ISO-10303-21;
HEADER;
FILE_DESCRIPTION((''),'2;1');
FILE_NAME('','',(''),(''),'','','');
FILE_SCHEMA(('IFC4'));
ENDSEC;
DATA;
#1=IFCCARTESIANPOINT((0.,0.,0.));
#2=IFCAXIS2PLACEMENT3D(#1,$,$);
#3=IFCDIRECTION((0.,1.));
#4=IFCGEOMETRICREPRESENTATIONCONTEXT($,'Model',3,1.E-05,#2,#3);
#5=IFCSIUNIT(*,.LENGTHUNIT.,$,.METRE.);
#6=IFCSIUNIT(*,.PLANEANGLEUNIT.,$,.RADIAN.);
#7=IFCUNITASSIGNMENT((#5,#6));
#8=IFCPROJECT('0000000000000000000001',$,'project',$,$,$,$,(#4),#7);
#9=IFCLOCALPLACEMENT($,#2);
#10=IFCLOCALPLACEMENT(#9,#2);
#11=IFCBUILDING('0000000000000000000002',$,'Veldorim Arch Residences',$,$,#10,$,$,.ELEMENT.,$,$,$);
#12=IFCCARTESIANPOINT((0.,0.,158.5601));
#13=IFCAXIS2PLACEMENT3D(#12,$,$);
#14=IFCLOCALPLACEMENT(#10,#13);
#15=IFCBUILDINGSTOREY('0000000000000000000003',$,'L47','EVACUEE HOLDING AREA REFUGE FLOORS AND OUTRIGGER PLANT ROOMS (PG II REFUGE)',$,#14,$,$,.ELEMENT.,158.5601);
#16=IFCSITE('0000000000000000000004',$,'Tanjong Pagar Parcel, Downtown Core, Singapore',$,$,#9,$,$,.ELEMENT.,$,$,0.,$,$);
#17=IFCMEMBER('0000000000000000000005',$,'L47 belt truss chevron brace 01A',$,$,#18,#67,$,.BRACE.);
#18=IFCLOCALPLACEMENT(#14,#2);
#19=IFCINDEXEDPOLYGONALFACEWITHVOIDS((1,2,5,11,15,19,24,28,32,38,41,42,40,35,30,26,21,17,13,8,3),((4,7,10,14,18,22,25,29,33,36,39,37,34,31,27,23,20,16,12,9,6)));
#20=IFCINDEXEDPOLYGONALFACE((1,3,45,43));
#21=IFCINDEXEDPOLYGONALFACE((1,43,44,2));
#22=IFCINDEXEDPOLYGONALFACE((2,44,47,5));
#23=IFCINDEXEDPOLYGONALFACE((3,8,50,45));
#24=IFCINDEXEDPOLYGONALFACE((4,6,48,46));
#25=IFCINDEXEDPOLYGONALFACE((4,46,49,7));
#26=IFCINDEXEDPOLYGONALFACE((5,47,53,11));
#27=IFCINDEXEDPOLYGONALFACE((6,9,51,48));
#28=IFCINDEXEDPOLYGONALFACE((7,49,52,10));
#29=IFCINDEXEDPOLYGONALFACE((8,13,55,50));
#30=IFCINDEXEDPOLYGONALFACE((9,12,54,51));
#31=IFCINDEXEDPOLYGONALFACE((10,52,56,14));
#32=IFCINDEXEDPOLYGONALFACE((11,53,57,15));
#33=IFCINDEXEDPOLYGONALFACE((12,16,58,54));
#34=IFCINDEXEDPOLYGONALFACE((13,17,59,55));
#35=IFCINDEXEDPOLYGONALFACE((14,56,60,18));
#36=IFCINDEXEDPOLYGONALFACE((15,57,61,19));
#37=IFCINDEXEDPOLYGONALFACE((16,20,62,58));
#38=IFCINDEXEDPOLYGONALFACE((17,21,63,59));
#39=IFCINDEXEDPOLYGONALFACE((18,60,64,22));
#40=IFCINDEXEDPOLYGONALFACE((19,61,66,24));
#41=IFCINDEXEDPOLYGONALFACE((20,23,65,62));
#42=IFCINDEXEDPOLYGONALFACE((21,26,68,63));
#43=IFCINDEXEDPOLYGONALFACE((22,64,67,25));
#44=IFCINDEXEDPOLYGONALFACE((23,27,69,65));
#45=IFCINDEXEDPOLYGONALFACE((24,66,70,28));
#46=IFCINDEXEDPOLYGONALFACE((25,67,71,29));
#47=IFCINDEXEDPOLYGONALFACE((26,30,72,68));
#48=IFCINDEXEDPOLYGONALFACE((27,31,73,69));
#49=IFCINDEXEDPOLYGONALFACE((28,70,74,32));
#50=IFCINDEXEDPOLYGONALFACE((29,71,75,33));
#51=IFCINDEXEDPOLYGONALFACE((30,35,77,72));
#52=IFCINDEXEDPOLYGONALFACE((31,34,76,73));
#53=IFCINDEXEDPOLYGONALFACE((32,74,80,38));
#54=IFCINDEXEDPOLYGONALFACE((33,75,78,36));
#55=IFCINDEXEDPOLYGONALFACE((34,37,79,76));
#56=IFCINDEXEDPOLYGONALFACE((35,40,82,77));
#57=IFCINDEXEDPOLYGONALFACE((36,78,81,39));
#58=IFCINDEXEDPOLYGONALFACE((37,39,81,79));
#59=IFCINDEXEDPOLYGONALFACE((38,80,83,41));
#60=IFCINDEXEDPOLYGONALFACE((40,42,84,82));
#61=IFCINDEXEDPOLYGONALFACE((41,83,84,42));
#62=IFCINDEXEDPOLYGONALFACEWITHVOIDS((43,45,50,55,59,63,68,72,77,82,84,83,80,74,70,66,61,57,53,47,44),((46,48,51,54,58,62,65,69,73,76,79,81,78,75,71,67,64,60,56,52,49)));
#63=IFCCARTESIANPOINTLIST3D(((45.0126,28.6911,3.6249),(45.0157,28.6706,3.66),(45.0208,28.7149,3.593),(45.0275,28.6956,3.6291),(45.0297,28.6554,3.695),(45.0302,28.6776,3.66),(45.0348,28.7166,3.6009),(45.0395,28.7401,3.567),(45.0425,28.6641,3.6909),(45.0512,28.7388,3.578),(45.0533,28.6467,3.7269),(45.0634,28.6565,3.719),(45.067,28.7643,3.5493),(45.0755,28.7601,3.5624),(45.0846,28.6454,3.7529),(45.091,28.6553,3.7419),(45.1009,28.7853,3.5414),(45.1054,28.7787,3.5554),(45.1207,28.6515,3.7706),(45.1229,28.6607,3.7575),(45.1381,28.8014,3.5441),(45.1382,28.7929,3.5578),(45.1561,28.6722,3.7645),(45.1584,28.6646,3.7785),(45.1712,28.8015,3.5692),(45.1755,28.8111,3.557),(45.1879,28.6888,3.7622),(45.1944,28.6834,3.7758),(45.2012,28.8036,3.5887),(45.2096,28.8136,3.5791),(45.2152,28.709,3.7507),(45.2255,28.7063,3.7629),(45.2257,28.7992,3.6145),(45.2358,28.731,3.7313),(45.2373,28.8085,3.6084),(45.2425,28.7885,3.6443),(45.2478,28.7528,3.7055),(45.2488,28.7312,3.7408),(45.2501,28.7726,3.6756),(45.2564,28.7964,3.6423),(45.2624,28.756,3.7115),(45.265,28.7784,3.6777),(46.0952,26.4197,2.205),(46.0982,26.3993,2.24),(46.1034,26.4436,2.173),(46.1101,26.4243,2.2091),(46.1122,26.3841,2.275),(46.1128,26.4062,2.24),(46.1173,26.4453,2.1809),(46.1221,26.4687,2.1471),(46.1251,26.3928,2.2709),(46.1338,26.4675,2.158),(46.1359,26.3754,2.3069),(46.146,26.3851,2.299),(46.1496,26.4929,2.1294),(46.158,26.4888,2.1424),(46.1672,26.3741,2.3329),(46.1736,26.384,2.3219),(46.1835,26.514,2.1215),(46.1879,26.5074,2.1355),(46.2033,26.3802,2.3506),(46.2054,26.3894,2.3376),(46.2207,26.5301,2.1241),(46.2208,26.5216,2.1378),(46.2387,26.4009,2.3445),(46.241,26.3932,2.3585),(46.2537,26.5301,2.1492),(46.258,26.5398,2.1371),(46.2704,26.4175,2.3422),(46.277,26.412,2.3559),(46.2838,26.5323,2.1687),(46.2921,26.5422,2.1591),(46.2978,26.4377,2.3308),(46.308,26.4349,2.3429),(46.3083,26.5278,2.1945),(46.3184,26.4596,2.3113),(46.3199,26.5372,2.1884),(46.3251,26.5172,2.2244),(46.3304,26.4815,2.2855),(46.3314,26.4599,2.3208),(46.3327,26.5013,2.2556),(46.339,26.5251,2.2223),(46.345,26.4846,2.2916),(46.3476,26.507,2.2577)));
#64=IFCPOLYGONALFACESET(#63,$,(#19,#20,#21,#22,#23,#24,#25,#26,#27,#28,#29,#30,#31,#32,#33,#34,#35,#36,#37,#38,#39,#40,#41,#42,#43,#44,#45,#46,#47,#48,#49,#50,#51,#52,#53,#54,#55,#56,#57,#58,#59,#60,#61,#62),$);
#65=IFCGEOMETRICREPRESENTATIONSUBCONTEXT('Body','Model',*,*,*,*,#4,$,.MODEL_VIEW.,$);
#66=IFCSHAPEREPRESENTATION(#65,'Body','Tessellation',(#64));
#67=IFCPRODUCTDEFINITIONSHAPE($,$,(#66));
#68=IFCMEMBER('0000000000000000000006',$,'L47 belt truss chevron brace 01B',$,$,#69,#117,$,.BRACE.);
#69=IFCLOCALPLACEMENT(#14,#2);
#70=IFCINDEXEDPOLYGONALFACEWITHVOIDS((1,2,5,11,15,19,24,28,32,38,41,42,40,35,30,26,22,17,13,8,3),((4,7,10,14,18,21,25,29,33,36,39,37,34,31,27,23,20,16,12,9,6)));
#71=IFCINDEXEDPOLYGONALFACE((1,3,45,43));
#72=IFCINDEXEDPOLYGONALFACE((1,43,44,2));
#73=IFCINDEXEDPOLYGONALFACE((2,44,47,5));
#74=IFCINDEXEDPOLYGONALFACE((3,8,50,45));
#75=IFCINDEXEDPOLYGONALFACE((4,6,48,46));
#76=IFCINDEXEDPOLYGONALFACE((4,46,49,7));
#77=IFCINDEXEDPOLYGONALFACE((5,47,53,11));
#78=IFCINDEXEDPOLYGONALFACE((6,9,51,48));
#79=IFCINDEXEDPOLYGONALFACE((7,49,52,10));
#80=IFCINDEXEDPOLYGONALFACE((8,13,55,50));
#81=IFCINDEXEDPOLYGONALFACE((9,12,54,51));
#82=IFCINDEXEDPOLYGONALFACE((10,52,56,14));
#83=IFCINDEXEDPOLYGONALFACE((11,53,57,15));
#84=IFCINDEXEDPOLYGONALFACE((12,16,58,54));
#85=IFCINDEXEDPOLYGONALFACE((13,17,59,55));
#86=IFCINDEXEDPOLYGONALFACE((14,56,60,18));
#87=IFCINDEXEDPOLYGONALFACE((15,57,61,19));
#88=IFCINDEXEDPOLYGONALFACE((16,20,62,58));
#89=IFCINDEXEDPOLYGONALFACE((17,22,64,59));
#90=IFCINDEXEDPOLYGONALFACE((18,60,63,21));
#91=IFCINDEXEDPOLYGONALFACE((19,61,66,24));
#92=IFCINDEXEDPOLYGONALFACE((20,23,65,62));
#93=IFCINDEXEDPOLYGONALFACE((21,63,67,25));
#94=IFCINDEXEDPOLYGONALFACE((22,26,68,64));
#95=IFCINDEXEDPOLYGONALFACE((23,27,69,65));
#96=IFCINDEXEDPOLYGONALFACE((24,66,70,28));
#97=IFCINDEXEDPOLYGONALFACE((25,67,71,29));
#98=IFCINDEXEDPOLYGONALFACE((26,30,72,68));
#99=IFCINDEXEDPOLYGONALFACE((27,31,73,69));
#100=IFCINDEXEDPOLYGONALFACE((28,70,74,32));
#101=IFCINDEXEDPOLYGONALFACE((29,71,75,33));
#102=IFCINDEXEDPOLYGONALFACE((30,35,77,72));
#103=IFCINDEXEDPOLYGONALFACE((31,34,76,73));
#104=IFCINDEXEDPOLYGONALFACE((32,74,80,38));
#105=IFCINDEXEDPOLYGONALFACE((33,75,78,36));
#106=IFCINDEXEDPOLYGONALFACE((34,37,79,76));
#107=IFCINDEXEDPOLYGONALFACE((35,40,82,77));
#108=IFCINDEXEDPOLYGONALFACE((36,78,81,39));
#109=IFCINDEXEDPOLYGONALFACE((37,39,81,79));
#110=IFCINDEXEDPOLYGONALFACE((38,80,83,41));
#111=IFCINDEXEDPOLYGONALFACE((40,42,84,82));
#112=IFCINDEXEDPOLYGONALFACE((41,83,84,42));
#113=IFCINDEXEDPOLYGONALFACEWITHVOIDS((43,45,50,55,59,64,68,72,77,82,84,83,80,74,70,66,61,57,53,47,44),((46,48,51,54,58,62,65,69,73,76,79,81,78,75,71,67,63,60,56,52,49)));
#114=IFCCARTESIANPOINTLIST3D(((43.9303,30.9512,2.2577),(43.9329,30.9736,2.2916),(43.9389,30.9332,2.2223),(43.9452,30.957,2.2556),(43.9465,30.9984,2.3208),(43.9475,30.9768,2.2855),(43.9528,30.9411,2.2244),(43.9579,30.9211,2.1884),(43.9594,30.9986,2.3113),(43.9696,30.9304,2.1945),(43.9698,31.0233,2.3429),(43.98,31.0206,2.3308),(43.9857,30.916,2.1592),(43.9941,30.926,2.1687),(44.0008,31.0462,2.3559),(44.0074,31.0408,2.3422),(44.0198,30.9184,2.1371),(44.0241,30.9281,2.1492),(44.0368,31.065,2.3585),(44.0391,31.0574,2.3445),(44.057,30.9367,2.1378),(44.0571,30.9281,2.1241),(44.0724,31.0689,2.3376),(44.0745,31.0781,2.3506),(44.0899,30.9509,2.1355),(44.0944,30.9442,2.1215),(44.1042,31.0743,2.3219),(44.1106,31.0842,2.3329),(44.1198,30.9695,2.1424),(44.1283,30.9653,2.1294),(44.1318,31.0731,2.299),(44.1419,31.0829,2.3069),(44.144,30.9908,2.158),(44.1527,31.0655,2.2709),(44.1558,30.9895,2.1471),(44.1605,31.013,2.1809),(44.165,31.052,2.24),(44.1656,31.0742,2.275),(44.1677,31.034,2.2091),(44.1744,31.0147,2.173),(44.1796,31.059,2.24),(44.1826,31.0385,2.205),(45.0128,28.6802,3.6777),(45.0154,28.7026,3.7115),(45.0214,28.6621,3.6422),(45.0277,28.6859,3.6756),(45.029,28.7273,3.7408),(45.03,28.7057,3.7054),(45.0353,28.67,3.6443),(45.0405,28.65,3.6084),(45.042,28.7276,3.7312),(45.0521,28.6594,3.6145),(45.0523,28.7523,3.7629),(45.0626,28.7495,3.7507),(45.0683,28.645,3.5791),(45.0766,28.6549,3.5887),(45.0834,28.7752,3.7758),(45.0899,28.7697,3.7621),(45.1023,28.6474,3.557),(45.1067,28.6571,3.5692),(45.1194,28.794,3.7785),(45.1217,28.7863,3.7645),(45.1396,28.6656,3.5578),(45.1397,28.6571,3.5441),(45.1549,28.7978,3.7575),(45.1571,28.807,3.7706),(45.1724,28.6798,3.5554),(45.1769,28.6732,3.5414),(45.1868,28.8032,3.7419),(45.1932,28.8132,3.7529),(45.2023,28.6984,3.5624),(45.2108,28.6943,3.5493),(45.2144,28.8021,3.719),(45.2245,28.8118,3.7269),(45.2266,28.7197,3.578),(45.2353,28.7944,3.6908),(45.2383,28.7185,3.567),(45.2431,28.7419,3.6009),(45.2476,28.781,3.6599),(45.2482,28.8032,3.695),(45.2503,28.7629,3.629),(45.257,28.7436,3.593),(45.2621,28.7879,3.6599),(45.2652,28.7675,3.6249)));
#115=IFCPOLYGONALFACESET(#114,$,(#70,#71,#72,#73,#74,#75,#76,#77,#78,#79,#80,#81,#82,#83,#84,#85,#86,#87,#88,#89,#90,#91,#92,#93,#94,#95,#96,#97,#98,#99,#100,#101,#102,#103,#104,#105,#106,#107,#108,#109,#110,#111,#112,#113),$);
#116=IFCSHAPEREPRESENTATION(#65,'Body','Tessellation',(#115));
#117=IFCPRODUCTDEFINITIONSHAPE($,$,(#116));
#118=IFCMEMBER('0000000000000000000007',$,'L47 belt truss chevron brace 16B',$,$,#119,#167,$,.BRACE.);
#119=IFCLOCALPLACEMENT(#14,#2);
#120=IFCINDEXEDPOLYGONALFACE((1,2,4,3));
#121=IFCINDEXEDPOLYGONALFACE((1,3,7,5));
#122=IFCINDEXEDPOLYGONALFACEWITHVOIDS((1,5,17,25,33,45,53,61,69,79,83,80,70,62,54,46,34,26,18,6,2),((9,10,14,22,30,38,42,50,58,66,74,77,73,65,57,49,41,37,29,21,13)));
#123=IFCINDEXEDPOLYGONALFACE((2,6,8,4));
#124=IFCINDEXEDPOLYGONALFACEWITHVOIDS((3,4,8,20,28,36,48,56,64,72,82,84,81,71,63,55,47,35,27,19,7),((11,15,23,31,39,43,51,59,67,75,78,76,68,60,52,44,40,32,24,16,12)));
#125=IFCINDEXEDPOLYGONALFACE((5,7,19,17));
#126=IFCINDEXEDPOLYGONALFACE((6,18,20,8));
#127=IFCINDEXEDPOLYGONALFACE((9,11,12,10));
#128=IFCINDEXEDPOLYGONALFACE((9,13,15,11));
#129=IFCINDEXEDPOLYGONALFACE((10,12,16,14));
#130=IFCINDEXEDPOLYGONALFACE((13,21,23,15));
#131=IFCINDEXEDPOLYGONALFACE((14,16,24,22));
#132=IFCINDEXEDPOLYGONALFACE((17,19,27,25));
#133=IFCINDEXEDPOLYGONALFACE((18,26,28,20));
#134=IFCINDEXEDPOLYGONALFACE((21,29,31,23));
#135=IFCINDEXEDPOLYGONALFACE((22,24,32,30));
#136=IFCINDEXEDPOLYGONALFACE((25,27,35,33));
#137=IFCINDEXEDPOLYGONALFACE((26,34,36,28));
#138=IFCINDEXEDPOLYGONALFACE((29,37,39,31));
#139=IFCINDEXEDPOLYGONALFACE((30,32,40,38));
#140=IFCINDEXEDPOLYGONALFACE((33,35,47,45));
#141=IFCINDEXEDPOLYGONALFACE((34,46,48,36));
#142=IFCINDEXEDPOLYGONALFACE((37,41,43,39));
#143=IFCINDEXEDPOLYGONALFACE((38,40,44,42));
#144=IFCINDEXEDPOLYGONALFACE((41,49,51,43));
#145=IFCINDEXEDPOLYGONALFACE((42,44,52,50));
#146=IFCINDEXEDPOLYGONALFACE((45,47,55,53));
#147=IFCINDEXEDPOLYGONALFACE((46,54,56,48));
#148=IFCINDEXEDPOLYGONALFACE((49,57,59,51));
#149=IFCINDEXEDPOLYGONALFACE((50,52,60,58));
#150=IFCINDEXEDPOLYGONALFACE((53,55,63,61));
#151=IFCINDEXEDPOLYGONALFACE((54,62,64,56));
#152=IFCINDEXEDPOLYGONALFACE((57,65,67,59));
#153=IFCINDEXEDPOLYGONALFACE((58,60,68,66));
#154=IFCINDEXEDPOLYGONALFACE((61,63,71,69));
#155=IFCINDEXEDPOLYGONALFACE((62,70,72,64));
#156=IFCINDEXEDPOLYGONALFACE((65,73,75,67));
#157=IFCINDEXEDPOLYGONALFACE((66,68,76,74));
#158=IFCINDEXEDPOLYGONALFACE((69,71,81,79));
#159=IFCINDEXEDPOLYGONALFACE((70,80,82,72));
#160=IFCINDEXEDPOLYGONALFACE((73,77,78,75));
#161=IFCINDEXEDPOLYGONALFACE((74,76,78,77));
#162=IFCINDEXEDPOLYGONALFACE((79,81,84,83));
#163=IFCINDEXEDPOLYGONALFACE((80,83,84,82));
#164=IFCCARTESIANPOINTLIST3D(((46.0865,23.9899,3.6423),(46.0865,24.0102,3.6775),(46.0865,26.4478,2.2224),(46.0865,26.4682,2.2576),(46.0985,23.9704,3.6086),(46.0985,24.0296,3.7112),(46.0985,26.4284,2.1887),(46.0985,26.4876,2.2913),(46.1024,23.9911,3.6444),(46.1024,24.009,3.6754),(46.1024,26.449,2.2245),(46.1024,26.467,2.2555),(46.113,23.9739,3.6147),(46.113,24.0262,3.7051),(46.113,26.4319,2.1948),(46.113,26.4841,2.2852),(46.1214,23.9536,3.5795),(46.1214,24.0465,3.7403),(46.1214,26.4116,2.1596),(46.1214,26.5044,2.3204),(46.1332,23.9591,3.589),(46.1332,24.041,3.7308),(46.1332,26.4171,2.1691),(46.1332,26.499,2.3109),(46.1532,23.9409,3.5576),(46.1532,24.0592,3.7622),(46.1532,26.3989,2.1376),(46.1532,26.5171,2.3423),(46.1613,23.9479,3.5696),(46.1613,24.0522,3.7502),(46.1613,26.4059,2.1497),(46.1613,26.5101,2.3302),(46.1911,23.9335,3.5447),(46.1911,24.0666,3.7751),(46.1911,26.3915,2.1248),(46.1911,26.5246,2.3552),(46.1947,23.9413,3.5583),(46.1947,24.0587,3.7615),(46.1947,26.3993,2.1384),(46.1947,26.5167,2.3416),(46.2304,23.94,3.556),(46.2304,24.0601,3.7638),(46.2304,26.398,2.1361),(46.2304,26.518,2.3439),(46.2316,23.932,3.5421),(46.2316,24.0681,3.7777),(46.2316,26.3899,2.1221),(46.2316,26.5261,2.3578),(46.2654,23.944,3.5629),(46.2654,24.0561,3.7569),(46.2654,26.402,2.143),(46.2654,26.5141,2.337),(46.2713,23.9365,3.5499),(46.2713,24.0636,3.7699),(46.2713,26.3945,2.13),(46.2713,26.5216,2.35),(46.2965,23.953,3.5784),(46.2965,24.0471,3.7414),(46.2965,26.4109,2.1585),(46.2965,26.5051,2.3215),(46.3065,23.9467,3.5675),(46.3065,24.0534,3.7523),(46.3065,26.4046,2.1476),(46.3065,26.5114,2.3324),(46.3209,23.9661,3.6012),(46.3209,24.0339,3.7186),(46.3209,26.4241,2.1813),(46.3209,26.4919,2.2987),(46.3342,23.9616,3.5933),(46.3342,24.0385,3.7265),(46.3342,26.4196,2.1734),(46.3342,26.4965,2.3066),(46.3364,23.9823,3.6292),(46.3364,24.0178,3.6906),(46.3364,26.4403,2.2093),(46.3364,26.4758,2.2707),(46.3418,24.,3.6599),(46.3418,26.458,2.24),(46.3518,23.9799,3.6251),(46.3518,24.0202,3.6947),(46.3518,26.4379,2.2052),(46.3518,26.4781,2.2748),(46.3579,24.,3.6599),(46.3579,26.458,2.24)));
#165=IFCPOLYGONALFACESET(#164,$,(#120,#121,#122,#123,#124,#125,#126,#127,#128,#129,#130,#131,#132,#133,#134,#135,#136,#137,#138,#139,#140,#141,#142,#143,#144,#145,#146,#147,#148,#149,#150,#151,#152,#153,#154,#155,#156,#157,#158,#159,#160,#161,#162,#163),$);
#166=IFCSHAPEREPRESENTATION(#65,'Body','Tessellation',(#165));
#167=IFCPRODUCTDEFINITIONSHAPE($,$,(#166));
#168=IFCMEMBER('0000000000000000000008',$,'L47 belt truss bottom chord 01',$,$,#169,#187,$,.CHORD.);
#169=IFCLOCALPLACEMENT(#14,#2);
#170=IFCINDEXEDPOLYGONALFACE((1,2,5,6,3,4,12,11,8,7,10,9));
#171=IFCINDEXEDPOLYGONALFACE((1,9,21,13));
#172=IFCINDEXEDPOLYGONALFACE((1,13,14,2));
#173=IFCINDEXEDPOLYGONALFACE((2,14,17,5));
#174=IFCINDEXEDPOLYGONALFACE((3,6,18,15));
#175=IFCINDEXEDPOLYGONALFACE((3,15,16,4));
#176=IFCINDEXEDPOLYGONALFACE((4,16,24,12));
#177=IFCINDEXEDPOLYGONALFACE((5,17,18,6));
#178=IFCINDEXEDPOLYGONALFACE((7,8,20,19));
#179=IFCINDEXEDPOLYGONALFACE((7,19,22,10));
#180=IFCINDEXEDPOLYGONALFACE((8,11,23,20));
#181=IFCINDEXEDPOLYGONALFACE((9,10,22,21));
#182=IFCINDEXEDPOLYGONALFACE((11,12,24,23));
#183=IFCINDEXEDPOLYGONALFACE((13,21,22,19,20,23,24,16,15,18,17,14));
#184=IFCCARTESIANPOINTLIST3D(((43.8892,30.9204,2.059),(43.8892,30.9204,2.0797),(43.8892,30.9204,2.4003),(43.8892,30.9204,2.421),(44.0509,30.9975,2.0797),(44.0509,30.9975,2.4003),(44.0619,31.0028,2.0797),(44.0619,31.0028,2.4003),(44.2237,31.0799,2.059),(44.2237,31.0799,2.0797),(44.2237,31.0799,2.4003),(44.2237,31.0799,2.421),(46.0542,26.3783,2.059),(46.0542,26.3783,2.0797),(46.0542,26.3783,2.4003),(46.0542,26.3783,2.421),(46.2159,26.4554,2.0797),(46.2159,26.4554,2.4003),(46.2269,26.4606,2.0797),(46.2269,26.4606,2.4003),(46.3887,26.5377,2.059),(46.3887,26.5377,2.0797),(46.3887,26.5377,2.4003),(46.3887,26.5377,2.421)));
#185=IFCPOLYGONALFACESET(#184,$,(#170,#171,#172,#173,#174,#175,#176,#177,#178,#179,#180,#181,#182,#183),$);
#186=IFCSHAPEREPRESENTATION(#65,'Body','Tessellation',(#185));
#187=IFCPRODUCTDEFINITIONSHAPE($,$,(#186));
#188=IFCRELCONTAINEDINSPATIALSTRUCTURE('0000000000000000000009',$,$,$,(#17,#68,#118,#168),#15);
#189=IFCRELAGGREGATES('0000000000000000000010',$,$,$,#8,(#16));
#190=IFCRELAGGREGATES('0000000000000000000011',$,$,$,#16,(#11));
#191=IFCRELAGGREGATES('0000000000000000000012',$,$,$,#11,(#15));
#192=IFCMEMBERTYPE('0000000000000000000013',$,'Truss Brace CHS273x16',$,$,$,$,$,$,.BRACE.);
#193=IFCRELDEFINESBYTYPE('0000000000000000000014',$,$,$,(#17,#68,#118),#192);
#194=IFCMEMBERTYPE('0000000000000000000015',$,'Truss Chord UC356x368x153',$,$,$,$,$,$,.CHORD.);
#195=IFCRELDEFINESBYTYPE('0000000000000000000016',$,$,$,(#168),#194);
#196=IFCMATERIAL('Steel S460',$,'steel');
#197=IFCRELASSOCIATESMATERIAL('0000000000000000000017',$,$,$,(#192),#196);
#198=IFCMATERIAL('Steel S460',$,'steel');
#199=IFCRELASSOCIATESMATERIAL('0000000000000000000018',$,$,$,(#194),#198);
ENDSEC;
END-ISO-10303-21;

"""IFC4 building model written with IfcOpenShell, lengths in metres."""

from ifc_helpers import new_model, si_unit, direction, frame, origin, origin_2d, place, context, subcontext, project, spatial, hollow_circle, i_section, extrude, material, material_profile, profile_set, type_object, element, save


model = new_model("IFC4")

# Units and contexts
model_context = context("Model", 3, precision=1e-05, world=origin(), true_north=direction((0.0, 1.0)))
body_context = subcontext(model_context, "Body", "Model", "MODEL_VIEW")
ifc_project = project(units=[si_unit("LENGTHUNIT", "METRE"), si_unit("PLANEANGLEUNIT", "RADIAN")], contexts=[model_context])

# Site, building, storey
site_placement = place(None, origin())
site = spatial("IfcSite", under=ifc_project, at=site_placement, Name="Tanjong Pagar Parcel, Downtown Core, Singapore", CompositionType="ELEMENT", RefElevation=0.0)
building_placement = place(site_placement, origin())
building = spatial("IfcBuilding", under=site, at=building_placement, Name="Veldorim Arch Residences", CompositionType="ELEMENT")
storey_placement = place(building_placement, frame((0.0, 0.0, 158.5601)))
storey = spatial("IfcBuildingStorey", under=building, at=storey_placement, Name="L47", Description="EVACUEE HOLDING AREA REFUGE FLOORS AND OUTRIGGER PLANT ROOMS (PG II REFUGE)", CompositionType="ELEMENT", Elevation=158.5601)

# Members
ifc_material_1 = material(Name="Steel S460", Category="steel")
ifc_material_profile_1 = material_profile(ifc_material_1, hollow_circle(Radius=0.1365, WallThickness=0.0161, at=origin_2d()), Name="CHS273x16")
ifc_profile_set_1 = profile_set([ifc_material_profile_1], Name="Steel S460")
member_type_1 = type_object("IfcMemberType", Name="Truss Brace CHS273x16", PredefinedType="BRACE", material=ifc_profile_set_1)
member_1_placement = place(storey_placement, frame((46.2214, 26.458, 2.24), z_axis=(-0.374699, 0.786157, 0.491486), x_axis=(-0.90271, -0.43025, 0.0)))
element("IfcMember", 1, at=member_1_placement, inside=storey, type_object=member_type_1, Name="L47 belt truss chevron brace 01A", PredefinedType="BRACE", context=body_context, shape_type="SweptSolid", body=[
    extrude(hollow_circle(Radius=0.1365, WallThickness=0.0161, at=origin_2d()), origin(), (0.0, 0.0, 1.0), 2.8892),
])
member_2_placement = place(storey_placement, frame((44.0564, 31.0002, 2.24), z_axis=(0.374723, -0.786125, 0.491518), x_axis=(0.902692, 0.430288, 0.0)))
element("IfcMember", 2, at=member_2_placement, inside=storey, type_object=member_type_1, Name="L47 belt truss chevron brace 01B", PredefinedType="BRACE", context=body_context, shape_type="SweptSolid", body=[
    extrude(hollow_circle(Radius=0.1365, WallThickness=0.0161, at=origin_2d()), origin(), (0.0, 0.0, 1.0), 2.8889),
])
member_3_placement = place(storey_placement, frame((46.2214, 26.458, 2.24), z_axis=(0.0, -0.865905, 0.500209), x_axis=(1.0, 0.0, 0.0)))
element("IfcMember", 3, at=member_3_placement, inside=storey, type_object=member_type_1, Name="L47 belt truss chevron brace 16B", PredefinedType="BRACE", context=body_context, shape_type="SweptSolid", body=[
    extrude(hollow_circle(Radius=0.1365, WallThickness=0.0161, at=origin_2d()), origin(), (0.0, 0.0, 1.0), 2.8386),
])
ifc_material_2 = material(Name="Steel S460", Category="steel")
ifc_material_profile_2 = material_profile(ifc_material_2, i_section(OverallWidth=0.3706, OverallDepth=0.3621, WebThickness=0.0122, FlangeThickness=0.0208, at=origin_2d()), Name="UC356x368x153")
ifc_profile_set_2 = profile_set([ifc_material_profile_2], Name="Steel S460")
member_type_2 = type_object("IfcMemberType", Name="Truss Chord UC356x368x153", PredefinedType="CHORD", material=ifc_profile_set_2)
for number, where, z_axis, x_axis, name in (
    (4, (46.2214, 26.458, 2.24), (-0.430269, 0.902701, 0.0), (-0.902701, -0.430269, 0.0), "L47 belt truss bottom chord 01"),
):
    element("IfcMember", number, at=place(storey_placement, frame(where, z_axis=z_axis, x_axis=x_axis)), inside=storey, type_object=member_type_2, Name=name, PredefinedType="CHORD", context=body_context, shape_type="SweptSolid", body=[
        extrude(i_section(OverallWidth=0.3706, OverallDepth=0.3621, WebThickness=0.0122, FlangeThickness=0.0208, at=origin_2d()), origin(), (0.0, 0.0, 1.0), 5.0317),
    ])

save(model, "model.ifc")
